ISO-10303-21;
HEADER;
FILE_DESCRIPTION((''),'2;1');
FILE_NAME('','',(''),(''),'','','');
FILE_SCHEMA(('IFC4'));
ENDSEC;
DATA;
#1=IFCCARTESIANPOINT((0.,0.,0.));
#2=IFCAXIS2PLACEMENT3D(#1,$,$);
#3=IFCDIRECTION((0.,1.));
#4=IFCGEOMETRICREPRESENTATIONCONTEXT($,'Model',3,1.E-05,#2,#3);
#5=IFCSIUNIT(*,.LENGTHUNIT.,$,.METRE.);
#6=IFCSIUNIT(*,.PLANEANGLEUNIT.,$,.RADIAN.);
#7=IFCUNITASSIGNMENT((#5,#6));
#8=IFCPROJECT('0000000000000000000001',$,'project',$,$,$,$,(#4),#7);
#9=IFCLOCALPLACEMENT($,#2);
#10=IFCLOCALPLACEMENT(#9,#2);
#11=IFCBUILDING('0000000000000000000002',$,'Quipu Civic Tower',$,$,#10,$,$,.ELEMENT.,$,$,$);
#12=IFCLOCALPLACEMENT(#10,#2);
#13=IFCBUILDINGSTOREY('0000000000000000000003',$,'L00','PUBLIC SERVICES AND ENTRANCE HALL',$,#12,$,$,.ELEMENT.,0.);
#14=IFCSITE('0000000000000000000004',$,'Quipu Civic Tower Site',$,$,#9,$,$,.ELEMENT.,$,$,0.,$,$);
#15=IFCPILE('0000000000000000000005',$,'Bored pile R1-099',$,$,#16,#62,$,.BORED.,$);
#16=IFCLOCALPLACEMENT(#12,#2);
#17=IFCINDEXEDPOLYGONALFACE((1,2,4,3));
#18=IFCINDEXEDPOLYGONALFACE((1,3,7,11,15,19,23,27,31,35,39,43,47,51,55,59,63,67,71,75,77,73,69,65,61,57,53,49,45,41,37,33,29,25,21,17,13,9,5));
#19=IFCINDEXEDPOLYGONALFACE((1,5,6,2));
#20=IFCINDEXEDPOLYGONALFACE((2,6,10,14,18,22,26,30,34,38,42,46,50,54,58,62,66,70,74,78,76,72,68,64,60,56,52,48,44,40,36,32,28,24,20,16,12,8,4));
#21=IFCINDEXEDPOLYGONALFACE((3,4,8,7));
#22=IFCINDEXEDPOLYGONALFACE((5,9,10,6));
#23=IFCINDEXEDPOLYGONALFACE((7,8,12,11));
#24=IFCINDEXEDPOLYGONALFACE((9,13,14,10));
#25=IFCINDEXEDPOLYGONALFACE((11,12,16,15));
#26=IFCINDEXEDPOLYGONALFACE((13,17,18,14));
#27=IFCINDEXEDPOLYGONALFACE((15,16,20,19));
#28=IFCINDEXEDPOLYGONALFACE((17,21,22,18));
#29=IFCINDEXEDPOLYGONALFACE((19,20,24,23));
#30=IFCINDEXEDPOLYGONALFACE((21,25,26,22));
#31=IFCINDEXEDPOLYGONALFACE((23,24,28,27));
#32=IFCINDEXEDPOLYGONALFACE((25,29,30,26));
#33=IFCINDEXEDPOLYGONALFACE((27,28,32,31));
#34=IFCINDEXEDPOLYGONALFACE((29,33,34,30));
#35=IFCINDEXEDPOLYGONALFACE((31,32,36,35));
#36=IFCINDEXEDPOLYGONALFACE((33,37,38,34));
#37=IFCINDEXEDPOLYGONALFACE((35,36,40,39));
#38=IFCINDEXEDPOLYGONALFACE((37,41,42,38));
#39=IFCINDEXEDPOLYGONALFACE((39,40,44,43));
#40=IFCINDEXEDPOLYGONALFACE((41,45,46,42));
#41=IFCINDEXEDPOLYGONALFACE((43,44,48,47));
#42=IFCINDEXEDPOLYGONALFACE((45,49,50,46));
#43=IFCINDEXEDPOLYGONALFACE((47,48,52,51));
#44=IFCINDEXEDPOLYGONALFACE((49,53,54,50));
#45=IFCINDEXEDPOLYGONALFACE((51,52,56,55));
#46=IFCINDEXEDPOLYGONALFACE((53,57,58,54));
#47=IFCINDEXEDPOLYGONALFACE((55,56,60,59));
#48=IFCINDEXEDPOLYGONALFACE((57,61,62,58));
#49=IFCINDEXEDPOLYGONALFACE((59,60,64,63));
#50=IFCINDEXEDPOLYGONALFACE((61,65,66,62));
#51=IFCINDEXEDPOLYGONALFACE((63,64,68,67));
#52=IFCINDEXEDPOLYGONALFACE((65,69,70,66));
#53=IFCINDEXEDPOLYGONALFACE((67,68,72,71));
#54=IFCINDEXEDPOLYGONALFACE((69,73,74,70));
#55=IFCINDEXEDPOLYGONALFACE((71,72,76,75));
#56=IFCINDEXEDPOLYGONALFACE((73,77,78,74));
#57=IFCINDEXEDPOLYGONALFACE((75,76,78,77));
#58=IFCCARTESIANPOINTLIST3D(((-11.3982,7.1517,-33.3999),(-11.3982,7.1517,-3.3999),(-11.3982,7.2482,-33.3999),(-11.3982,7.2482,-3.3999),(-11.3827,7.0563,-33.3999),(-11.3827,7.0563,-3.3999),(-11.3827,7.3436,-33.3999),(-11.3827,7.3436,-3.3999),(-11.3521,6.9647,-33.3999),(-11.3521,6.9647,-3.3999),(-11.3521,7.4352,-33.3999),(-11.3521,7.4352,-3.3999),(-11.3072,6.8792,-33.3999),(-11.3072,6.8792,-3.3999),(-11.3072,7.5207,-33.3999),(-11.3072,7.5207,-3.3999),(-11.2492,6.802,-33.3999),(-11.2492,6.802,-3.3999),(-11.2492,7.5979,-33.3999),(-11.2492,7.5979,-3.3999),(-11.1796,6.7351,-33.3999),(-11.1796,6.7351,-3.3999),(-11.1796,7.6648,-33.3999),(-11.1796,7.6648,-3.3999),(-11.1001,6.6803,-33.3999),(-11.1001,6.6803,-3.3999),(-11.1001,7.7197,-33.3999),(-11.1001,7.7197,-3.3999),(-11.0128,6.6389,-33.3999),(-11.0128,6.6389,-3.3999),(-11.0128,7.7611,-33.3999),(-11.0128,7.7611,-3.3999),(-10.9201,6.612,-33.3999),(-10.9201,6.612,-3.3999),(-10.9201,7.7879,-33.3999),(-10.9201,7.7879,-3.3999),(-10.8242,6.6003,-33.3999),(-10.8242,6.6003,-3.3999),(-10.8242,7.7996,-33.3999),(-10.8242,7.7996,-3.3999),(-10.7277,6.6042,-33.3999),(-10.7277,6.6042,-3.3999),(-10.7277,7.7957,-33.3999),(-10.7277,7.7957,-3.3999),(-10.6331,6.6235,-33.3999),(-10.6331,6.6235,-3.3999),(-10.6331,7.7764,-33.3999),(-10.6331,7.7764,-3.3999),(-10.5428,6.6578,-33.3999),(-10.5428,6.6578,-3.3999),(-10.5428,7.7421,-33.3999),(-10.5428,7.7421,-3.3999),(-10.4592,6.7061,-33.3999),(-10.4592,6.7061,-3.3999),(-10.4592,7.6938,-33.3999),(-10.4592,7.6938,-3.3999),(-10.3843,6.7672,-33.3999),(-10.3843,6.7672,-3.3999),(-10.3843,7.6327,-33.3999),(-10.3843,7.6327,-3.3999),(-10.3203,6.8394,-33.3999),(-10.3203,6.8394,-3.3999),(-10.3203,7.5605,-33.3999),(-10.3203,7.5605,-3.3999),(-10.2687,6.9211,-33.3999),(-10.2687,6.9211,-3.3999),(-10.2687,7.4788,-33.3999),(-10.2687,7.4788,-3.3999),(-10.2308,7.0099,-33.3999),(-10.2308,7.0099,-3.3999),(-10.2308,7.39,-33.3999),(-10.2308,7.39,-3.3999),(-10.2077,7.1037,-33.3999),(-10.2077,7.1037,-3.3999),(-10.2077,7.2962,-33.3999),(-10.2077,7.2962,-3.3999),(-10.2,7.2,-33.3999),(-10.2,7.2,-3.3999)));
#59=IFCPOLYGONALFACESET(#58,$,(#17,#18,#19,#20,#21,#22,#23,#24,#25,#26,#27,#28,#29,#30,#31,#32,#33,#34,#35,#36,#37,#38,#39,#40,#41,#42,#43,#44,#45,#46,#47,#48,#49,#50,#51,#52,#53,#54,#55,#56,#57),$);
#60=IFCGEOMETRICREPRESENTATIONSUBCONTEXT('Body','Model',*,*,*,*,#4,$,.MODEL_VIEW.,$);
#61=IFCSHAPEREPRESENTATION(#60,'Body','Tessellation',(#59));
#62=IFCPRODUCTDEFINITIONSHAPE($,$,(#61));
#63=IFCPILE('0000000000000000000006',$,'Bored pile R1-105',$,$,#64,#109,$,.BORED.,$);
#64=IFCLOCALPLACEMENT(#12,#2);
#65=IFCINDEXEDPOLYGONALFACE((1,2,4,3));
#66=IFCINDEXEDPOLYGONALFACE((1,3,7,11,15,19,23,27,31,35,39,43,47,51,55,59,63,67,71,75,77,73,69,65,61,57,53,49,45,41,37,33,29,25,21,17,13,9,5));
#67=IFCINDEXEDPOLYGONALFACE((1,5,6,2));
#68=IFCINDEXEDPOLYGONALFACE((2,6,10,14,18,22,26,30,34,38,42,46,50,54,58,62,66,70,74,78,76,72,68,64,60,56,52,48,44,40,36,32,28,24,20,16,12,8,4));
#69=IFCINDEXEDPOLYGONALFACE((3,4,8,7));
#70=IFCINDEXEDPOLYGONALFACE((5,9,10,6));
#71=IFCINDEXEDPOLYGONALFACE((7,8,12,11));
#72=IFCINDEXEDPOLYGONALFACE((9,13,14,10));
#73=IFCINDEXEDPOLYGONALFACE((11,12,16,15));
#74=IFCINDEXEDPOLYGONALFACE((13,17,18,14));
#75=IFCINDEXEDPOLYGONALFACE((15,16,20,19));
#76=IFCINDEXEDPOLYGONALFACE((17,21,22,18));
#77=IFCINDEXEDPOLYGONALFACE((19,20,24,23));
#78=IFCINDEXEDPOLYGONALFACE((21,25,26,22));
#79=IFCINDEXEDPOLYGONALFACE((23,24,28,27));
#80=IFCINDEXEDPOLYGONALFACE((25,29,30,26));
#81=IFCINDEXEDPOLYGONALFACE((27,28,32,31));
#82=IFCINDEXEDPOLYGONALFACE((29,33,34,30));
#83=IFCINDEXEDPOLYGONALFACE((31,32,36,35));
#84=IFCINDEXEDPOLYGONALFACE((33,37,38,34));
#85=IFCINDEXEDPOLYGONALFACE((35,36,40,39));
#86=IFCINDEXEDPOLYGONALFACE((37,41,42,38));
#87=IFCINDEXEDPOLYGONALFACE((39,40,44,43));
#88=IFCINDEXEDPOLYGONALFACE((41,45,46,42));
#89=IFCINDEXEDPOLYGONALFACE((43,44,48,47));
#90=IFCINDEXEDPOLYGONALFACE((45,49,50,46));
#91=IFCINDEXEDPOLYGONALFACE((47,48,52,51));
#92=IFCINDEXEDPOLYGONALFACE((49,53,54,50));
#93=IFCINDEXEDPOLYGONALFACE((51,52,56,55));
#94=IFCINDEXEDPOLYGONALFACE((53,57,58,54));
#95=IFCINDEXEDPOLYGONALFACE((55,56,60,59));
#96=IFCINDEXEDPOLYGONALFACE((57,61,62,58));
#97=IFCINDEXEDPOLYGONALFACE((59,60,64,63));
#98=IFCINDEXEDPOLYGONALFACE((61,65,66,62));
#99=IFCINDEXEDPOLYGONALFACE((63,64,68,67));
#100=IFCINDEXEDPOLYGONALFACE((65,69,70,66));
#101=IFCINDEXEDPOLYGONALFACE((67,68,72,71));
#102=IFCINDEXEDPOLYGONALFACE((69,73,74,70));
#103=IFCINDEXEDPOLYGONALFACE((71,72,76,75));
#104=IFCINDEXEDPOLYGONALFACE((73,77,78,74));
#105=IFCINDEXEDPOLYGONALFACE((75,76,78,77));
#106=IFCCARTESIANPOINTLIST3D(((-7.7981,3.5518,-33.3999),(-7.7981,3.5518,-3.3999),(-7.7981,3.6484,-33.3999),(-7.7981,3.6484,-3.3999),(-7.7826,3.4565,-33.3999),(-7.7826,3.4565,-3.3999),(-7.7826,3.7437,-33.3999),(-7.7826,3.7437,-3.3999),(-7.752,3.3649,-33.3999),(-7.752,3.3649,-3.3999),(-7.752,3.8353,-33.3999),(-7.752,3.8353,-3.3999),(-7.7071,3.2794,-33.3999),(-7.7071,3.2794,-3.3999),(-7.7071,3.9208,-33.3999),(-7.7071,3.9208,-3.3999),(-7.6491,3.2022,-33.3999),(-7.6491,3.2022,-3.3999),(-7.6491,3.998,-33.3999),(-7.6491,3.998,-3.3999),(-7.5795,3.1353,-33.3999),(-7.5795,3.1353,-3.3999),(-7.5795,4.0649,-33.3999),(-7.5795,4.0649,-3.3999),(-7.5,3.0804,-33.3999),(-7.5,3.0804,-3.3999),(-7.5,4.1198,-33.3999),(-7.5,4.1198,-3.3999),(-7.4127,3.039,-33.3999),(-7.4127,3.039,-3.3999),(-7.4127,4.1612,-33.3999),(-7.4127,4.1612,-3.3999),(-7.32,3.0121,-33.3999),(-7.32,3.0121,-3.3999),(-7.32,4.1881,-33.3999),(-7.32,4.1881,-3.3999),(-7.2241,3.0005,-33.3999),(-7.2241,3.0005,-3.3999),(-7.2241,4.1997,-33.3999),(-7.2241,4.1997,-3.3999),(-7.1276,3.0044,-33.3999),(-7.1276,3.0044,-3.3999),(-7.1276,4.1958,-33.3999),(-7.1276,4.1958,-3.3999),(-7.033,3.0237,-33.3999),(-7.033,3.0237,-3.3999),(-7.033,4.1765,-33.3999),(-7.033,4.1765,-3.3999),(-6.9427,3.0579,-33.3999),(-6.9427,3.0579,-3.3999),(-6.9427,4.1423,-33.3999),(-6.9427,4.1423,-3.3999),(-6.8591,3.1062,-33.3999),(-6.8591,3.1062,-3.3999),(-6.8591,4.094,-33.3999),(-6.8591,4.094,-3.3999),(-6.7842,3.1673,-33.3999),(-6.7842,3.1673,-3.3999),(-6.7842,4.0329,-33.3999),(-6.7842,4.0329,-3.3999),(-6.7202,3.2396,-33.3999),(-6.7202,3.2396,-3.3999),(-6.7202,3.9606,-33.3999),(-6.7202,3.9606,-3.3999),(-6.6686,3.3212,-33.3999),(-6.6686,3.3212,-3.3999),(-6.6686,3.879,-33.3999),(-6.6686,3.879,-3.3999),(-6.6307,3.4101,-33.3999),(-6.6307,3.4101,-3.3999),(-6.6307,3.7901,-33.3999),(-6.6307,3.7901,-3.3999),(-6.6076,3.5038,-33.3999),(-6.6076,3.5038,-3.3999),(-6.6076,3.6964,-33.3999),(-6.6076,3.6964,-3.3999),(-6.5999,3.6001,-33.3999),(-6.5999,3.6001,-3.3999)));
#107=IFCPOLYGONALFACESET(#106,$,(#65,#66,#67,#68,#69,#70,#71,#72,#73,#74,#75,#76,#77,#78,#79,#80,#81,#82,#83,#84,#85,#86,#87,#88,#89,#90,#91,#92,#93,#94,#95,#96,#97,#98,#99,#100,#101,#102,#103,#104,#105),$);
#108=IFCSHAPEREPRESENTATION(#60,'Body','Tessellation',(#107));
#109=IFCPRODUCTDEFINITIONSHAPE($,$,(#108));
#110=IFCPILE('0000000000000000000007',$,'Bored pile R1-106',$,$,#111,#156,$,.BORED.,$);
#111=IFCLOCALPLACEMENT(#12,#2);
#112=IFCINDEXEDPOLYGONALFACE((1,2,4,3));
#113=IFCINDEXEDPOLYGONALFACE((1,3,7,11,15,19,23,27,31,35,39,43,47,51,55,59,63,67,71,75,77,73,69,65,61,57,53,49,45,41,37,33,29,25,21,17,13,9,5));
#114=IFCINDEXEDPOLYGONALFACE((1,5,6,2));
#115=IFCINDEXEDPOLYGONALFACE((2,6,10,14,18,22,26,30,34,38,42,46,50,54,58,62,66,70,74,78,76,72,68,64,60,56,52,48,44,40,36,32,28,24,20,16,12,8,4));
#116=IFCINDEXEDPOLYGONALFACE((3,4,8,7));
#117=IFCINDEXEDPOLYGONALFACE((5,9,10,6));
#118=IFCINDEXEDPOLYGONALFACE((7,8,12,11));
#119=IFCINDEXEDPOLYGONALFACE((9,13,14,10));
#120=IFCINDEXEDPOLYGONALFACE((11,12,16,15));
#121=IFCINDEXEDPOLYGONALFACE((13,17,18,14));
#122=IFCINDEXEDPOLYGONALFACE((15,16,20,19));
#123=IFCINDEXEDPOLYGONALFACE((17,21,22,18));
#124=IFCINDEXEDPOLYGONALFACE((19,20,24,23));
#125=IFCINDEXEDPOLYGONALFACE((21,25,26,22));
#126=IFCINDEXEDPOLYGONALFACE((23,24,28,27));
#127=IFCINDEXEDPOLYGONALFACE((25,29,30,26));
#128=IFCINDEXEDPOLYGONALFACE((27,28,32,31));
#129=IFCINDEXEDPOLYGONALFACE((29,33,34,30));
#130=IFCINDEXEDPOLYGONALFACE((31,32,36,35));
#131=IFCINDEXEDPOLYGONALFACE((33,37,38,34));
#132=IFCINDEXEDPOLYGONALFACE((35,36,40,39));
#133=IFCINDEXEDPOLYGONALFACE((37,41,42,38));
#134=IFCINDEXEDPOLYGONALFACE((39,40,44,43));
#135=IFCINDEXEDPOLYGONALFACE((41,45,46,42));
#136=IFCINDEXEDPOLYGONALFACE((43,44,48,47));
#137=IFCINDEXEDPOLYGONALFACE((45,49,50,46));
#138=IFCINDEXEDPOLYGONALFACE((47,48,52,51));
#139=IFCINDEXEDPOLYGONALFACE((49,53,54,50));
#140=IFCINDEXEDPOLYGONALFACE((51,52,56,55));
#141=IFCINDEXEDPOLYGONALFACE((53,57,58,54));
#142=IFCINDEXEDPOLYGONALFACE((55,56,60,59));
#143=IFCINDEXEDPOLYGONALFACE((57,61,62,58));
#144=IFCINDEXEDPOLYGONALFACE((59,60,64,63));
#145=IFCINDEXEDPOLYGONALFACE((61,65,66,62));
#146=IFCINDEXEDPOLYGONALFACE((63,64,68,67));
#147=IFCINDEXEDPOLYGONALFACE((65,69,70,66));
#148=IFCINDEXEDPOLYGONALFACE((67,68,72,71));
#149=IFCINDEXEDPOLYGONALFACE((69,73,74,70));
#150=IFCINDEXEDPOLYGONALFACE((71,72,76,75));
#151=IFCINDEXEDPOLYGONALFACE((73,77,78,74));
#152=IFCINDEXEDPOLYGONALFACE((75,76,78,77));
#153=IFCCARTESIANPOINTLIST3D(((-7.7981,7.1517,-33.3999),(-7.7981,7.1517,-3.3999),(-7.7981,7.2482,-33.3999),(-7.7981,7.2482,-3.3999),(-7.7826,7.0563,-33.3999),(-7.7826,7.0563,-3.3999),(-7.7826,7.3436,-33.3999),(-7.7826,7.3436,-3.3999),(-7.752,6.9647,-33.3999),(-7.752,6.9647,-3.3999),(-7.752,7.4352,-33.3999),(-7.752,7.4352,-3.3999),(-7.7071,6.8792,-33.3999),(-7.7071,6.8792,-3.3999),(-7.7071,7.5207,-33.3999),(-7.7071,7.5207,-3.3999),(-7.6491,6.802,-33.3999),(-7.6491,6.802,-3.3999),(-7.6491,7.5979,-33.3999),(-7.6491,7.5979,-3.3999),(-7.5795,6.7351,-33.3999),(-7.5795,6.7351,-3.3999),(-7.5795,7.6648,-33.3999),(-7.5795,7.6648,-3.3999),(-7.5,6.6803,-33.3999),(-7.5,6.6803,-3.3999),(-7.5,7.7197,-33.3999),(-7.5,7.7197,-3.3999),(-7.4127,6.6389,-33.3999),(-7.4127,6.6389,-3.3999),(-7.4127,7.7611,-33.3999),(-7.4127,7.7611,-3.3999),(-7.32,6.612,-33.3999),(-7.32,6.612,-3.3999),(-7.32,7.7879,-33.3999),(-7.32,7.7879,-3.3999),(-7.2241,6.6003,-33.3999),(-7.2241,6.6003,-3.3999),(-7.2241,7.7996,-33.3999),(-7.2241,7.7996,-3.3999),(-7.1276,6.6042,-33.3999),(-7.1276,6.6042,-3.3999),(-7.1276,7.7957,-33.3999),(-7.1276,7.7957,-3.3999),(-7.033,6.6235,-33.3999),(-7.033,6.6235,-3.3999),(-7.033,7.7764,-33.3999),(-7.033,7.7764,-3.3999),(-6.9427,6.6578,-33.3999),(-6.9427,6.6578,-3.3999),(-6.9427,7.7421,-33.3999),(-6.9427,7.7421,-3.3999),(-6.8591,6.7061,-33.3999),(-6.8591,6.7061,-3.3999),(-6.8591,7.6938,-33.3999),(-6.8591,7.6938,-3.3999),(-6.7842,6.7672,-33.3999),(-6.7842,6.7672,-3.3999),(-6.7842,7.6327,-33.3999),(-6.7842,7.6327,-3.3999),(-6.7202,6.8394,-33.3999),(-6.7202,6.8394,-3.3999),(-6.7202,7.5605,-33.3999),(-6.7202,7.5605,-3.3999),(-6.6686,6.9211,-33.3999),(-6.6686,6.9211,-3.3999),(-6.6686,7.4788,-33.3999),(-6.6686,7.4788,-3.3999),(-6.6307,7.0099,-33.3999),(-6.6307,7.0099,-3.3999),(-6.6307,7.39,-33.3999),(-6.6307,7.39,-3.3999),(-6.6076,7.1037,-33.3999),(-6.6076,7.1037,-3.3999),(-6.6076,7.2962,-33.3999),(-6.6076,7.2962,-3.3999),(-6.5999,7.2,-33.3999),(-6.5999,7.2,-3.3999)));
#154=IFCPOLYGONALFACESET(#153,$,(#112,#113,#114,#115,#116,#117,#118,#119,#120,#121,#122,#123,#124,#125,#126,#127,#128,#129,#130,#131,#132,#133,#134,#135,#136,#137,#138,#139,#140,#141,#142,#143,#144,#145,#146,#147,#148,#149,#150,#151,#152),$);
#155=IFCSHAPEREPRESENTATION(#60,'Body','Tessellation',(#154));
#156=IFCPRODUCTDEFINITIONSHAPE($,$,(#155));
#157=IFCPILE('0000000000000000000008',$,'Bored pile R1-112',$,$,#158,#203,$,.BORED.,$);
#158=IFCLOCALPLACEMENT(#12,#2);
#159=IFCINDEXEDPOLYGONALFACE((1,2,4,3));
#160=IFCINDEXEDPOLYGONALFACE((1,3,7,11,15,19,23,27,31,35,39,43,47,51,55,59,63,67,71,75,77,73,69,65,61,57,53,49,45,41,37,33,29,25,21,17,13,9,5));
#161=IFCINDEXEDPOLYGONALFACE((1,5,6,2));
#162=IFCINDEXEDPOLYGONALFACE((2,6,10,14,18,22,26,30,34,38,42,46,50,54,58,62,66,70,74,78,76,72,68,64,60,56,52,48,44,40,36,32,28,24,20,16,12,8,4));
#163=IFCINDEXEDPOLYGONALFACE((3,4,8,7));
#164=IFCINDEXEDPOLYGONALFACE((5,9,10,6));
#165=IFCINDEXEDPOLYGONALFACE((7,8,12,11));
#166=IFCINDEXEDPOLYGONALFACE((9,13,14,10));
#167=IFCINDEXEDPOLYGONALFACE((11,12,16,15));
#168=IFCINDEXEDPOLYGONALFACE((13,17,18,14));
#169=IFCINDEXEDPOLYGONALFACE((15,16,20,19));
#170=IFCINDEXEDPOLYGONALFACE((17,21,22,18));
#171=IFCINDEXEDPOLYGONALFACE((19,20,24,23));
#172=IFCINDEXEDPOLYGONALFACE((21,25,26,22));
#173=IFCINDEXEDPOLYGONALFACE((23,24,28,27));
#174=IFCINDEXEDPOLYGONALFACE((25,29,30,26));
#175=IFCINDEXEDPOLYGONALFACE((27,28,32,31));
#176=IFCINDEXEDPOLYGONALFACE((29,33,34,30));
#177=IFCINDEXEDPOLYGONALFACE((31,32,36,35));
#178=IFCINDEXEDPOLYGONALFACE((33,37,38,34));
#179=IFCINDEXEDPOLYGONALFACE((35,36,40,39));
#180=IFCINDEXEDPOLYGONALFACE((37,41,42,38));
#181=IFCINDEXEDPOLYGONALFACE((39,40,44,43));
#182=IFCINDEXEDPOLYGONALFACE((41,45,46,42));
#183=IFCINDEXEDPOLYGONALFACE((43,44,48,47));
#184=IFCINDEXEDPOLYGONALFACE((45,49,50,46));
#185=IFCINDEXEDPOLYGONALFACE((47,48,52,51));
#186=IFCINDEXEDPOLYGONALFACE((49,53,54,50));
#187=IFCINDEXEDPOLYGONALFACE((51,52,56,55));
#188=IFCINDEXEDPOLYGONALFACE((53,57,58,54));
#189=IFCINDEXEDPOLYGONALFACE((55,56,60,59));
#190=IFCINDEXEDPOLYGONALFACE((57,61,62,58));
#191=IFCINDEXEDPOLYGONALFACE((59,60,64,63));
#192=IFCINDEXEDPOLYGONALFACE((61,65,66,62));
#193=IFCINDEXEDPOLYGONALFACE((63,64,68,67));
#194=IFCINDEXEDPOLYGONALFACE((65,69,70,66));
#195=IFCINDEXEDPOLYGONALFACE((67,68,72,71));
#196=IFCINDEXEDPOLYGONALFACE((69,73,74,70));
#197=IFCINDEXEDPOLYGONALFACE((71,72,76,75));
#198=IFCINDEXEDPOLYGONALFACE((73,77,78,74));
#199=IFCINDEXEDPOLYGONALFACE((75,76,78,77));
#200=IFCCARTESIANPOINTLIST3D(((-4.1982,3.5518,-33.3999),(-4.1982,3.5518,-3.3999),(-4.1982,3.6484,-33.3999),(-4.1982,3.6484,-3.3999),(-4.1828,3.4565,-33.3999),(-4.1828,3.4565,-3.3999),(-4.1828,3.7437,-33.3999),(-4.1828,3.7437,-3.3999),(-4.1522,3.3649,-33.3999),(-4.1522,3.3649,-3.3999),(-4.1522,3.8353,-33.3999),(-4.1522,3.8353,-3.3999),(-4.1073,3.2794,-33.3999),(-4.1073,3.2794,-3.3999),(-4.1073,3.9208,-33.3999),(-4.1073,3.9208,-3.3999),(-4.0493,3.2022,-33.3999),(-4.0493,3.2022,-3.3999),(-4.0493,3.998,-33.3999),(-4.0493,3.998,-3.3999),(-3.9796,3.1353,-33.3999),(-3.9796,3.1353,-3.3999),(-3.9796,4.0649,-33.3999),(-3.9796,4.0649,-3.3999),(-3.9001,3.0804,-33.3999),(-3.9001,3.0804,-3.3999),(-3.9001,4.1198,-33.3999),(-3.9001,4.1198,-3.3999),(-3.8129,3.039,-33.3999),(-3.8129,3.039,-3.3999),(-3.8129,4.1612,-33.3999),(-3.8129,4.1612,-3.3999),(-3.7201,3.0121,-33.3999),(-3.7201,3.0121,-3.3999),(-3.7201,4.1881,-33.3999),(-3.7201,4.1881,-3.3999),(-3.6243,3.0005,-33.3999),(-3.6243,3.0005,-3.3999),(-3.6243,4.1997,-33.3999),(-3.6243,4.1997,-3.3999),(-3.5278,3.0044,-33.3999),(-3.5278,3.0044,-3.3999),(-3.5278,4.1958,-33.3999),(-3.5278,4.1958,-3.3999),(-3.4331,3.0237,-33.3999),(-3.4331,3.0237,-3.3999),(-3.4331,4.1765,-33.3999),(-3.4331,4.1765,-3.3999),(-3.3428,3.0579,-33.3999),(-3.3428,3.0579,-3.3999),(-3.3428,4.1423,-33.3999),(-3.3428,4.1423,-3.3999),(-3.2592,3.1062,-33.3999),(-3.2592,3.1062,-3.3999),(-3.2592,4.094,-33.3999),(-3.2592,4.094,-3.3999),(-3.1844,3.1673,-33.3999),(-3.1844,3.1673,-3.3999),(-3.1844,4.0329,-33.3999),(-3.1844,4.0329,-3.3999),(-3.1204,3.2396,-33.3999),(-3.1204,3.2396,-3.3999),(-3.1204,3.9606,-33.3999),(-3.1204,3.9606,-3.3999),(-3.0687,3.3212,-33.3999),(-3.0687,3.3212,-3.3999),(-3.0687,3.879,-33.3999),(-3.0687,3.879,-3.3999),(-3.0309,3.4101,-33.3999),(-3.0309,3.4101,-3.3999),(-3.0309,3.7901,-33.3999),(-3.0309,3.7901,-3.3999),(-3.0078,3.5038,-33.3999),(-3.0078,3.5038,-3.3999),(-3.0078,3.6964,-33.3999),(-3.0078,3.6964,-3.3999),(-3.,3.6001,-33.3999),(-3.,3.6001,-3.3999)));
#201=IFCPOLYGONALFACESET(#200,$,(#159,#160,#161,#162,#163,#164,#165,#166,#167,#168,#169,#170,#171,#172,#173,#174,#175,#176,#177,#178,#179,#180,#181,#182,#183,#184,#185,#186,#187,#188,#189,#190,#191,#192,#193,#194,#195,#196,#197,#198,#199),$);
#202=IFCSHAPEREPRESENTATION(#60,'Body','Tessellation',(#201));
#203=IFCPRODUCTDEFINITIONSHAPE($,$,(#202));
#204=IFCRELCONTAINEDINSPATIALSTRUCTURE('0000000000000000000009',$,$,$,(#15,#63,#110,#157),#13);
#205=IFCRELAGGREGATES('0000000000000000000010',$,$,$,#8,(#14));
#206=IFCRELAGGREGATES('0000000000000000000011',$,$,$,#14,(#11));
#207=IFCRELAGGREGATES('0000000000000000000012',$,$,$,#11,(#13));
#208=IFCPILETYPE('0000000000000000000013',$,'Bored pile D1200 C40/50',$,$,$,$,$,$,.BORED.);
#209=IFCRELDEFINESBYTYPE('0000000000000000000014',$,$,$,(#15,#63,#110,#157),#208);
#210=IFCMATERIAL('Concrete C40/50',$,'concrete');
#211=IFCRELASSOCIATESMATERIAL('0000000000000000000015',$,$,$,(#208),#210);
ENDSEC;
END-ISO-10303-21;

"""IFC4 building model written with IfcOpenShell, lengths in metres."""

from ifc_helpers import new_model, si_unit, direction, frame, origin, origin_2d, place, context, subcontext, project, spatial, circle, extrude, material, material_profile, profile_set, type_object, element, save


model = new_model("IFC4")

# Units and contexts
model_context = context("Model", 3, precision=1e-05, world=origin(), true_north=direction((0.0, 1.0)))
body_context = subcontext(model_context, "Body", "Model", "MODEL_VIEW")
ifc_project = project(units=[si_unit("LENGTHUNIT", "METRE"), si_unit("PLANEANGLEUNIT", "RADIAN")], contexts=[model_context])

# Site, building, storey
site_placement = place(None, origin())
site = spatial("IfcSite", under=ifc_project, at=site_placement, Name="Quipu Civic Tower Site", CompositionType="ELEMENT", RefElevation=0.0)
building_placement = place(site_placement, origin())
building = spatial("IfcBuilding", under=site, at=building_placement, Name="Quipu Civic Tower", CompositionType="ELEMENT")
storey_placement = place(building_placement, origin())
storey = spatial("IfcBuildingStorey", under=building, at=storey_placement, Name="L00", Description="PUBLIC SERVICES AND ENTRANCE HALL", CompositionType="ELEMENT", Elevation=0.0)

# Piles
ifc_material_1 = material(Name="Concrete C40/50", Category="concrete")
ifc_material_profile_1 = material_profile(ifc_material_1, circle(Radius=0.6001, at=origin_2d()), Name="RCD1200")
ifc_profile_set_1 = profile_set([ifc_material_profile_1], Name="Concrete C40/50")
pile_type = type_object("IfcPileType", Name="Bored pile D1200 C40/50", PredefinedType="BORED", material=ifc_profile_set_1)
for number, where, z_axis, x_axis, name in (
    (1, (-10.8, 7.2, -3.3999), (0.0, 0.0, -1.0), (1.0, 0.0, 0.0), "Bored pile R1-099"),
    (2, (-7.2, 3.6001, -3.3999), (0.0, 0.0, -1.0), (1.0, 0.0, 0.0), "Bored pile R1-105"),
    (3, (-7.2, 7.2, -3.3999), (0.0, 0.0, -1.0), (1.0, 0.0, 0.0), "Bored pile R1-106"),
    (4, (-3.6001, 3.6001, -3.3999), (0.0, 0.0, -1.0), (1.0, 0.0, 0.0), "Bored pile R1-112"),
):
    element("IfcPile", number, at=place(storey_placement, frame(where, z_axis=z_axis, x_axis=x_axis)), inside=storey, type_object=pile_type, Name=name, PredefinedType="BORED", context=body_context, shape_type="SweptSolid", body=[
        extrude(circle(Radius=0.6001, at=origin_2d()), origin(), (0.0, 0.0, 1.0), 30.0),
    ])

save(model, "model.ifc")
